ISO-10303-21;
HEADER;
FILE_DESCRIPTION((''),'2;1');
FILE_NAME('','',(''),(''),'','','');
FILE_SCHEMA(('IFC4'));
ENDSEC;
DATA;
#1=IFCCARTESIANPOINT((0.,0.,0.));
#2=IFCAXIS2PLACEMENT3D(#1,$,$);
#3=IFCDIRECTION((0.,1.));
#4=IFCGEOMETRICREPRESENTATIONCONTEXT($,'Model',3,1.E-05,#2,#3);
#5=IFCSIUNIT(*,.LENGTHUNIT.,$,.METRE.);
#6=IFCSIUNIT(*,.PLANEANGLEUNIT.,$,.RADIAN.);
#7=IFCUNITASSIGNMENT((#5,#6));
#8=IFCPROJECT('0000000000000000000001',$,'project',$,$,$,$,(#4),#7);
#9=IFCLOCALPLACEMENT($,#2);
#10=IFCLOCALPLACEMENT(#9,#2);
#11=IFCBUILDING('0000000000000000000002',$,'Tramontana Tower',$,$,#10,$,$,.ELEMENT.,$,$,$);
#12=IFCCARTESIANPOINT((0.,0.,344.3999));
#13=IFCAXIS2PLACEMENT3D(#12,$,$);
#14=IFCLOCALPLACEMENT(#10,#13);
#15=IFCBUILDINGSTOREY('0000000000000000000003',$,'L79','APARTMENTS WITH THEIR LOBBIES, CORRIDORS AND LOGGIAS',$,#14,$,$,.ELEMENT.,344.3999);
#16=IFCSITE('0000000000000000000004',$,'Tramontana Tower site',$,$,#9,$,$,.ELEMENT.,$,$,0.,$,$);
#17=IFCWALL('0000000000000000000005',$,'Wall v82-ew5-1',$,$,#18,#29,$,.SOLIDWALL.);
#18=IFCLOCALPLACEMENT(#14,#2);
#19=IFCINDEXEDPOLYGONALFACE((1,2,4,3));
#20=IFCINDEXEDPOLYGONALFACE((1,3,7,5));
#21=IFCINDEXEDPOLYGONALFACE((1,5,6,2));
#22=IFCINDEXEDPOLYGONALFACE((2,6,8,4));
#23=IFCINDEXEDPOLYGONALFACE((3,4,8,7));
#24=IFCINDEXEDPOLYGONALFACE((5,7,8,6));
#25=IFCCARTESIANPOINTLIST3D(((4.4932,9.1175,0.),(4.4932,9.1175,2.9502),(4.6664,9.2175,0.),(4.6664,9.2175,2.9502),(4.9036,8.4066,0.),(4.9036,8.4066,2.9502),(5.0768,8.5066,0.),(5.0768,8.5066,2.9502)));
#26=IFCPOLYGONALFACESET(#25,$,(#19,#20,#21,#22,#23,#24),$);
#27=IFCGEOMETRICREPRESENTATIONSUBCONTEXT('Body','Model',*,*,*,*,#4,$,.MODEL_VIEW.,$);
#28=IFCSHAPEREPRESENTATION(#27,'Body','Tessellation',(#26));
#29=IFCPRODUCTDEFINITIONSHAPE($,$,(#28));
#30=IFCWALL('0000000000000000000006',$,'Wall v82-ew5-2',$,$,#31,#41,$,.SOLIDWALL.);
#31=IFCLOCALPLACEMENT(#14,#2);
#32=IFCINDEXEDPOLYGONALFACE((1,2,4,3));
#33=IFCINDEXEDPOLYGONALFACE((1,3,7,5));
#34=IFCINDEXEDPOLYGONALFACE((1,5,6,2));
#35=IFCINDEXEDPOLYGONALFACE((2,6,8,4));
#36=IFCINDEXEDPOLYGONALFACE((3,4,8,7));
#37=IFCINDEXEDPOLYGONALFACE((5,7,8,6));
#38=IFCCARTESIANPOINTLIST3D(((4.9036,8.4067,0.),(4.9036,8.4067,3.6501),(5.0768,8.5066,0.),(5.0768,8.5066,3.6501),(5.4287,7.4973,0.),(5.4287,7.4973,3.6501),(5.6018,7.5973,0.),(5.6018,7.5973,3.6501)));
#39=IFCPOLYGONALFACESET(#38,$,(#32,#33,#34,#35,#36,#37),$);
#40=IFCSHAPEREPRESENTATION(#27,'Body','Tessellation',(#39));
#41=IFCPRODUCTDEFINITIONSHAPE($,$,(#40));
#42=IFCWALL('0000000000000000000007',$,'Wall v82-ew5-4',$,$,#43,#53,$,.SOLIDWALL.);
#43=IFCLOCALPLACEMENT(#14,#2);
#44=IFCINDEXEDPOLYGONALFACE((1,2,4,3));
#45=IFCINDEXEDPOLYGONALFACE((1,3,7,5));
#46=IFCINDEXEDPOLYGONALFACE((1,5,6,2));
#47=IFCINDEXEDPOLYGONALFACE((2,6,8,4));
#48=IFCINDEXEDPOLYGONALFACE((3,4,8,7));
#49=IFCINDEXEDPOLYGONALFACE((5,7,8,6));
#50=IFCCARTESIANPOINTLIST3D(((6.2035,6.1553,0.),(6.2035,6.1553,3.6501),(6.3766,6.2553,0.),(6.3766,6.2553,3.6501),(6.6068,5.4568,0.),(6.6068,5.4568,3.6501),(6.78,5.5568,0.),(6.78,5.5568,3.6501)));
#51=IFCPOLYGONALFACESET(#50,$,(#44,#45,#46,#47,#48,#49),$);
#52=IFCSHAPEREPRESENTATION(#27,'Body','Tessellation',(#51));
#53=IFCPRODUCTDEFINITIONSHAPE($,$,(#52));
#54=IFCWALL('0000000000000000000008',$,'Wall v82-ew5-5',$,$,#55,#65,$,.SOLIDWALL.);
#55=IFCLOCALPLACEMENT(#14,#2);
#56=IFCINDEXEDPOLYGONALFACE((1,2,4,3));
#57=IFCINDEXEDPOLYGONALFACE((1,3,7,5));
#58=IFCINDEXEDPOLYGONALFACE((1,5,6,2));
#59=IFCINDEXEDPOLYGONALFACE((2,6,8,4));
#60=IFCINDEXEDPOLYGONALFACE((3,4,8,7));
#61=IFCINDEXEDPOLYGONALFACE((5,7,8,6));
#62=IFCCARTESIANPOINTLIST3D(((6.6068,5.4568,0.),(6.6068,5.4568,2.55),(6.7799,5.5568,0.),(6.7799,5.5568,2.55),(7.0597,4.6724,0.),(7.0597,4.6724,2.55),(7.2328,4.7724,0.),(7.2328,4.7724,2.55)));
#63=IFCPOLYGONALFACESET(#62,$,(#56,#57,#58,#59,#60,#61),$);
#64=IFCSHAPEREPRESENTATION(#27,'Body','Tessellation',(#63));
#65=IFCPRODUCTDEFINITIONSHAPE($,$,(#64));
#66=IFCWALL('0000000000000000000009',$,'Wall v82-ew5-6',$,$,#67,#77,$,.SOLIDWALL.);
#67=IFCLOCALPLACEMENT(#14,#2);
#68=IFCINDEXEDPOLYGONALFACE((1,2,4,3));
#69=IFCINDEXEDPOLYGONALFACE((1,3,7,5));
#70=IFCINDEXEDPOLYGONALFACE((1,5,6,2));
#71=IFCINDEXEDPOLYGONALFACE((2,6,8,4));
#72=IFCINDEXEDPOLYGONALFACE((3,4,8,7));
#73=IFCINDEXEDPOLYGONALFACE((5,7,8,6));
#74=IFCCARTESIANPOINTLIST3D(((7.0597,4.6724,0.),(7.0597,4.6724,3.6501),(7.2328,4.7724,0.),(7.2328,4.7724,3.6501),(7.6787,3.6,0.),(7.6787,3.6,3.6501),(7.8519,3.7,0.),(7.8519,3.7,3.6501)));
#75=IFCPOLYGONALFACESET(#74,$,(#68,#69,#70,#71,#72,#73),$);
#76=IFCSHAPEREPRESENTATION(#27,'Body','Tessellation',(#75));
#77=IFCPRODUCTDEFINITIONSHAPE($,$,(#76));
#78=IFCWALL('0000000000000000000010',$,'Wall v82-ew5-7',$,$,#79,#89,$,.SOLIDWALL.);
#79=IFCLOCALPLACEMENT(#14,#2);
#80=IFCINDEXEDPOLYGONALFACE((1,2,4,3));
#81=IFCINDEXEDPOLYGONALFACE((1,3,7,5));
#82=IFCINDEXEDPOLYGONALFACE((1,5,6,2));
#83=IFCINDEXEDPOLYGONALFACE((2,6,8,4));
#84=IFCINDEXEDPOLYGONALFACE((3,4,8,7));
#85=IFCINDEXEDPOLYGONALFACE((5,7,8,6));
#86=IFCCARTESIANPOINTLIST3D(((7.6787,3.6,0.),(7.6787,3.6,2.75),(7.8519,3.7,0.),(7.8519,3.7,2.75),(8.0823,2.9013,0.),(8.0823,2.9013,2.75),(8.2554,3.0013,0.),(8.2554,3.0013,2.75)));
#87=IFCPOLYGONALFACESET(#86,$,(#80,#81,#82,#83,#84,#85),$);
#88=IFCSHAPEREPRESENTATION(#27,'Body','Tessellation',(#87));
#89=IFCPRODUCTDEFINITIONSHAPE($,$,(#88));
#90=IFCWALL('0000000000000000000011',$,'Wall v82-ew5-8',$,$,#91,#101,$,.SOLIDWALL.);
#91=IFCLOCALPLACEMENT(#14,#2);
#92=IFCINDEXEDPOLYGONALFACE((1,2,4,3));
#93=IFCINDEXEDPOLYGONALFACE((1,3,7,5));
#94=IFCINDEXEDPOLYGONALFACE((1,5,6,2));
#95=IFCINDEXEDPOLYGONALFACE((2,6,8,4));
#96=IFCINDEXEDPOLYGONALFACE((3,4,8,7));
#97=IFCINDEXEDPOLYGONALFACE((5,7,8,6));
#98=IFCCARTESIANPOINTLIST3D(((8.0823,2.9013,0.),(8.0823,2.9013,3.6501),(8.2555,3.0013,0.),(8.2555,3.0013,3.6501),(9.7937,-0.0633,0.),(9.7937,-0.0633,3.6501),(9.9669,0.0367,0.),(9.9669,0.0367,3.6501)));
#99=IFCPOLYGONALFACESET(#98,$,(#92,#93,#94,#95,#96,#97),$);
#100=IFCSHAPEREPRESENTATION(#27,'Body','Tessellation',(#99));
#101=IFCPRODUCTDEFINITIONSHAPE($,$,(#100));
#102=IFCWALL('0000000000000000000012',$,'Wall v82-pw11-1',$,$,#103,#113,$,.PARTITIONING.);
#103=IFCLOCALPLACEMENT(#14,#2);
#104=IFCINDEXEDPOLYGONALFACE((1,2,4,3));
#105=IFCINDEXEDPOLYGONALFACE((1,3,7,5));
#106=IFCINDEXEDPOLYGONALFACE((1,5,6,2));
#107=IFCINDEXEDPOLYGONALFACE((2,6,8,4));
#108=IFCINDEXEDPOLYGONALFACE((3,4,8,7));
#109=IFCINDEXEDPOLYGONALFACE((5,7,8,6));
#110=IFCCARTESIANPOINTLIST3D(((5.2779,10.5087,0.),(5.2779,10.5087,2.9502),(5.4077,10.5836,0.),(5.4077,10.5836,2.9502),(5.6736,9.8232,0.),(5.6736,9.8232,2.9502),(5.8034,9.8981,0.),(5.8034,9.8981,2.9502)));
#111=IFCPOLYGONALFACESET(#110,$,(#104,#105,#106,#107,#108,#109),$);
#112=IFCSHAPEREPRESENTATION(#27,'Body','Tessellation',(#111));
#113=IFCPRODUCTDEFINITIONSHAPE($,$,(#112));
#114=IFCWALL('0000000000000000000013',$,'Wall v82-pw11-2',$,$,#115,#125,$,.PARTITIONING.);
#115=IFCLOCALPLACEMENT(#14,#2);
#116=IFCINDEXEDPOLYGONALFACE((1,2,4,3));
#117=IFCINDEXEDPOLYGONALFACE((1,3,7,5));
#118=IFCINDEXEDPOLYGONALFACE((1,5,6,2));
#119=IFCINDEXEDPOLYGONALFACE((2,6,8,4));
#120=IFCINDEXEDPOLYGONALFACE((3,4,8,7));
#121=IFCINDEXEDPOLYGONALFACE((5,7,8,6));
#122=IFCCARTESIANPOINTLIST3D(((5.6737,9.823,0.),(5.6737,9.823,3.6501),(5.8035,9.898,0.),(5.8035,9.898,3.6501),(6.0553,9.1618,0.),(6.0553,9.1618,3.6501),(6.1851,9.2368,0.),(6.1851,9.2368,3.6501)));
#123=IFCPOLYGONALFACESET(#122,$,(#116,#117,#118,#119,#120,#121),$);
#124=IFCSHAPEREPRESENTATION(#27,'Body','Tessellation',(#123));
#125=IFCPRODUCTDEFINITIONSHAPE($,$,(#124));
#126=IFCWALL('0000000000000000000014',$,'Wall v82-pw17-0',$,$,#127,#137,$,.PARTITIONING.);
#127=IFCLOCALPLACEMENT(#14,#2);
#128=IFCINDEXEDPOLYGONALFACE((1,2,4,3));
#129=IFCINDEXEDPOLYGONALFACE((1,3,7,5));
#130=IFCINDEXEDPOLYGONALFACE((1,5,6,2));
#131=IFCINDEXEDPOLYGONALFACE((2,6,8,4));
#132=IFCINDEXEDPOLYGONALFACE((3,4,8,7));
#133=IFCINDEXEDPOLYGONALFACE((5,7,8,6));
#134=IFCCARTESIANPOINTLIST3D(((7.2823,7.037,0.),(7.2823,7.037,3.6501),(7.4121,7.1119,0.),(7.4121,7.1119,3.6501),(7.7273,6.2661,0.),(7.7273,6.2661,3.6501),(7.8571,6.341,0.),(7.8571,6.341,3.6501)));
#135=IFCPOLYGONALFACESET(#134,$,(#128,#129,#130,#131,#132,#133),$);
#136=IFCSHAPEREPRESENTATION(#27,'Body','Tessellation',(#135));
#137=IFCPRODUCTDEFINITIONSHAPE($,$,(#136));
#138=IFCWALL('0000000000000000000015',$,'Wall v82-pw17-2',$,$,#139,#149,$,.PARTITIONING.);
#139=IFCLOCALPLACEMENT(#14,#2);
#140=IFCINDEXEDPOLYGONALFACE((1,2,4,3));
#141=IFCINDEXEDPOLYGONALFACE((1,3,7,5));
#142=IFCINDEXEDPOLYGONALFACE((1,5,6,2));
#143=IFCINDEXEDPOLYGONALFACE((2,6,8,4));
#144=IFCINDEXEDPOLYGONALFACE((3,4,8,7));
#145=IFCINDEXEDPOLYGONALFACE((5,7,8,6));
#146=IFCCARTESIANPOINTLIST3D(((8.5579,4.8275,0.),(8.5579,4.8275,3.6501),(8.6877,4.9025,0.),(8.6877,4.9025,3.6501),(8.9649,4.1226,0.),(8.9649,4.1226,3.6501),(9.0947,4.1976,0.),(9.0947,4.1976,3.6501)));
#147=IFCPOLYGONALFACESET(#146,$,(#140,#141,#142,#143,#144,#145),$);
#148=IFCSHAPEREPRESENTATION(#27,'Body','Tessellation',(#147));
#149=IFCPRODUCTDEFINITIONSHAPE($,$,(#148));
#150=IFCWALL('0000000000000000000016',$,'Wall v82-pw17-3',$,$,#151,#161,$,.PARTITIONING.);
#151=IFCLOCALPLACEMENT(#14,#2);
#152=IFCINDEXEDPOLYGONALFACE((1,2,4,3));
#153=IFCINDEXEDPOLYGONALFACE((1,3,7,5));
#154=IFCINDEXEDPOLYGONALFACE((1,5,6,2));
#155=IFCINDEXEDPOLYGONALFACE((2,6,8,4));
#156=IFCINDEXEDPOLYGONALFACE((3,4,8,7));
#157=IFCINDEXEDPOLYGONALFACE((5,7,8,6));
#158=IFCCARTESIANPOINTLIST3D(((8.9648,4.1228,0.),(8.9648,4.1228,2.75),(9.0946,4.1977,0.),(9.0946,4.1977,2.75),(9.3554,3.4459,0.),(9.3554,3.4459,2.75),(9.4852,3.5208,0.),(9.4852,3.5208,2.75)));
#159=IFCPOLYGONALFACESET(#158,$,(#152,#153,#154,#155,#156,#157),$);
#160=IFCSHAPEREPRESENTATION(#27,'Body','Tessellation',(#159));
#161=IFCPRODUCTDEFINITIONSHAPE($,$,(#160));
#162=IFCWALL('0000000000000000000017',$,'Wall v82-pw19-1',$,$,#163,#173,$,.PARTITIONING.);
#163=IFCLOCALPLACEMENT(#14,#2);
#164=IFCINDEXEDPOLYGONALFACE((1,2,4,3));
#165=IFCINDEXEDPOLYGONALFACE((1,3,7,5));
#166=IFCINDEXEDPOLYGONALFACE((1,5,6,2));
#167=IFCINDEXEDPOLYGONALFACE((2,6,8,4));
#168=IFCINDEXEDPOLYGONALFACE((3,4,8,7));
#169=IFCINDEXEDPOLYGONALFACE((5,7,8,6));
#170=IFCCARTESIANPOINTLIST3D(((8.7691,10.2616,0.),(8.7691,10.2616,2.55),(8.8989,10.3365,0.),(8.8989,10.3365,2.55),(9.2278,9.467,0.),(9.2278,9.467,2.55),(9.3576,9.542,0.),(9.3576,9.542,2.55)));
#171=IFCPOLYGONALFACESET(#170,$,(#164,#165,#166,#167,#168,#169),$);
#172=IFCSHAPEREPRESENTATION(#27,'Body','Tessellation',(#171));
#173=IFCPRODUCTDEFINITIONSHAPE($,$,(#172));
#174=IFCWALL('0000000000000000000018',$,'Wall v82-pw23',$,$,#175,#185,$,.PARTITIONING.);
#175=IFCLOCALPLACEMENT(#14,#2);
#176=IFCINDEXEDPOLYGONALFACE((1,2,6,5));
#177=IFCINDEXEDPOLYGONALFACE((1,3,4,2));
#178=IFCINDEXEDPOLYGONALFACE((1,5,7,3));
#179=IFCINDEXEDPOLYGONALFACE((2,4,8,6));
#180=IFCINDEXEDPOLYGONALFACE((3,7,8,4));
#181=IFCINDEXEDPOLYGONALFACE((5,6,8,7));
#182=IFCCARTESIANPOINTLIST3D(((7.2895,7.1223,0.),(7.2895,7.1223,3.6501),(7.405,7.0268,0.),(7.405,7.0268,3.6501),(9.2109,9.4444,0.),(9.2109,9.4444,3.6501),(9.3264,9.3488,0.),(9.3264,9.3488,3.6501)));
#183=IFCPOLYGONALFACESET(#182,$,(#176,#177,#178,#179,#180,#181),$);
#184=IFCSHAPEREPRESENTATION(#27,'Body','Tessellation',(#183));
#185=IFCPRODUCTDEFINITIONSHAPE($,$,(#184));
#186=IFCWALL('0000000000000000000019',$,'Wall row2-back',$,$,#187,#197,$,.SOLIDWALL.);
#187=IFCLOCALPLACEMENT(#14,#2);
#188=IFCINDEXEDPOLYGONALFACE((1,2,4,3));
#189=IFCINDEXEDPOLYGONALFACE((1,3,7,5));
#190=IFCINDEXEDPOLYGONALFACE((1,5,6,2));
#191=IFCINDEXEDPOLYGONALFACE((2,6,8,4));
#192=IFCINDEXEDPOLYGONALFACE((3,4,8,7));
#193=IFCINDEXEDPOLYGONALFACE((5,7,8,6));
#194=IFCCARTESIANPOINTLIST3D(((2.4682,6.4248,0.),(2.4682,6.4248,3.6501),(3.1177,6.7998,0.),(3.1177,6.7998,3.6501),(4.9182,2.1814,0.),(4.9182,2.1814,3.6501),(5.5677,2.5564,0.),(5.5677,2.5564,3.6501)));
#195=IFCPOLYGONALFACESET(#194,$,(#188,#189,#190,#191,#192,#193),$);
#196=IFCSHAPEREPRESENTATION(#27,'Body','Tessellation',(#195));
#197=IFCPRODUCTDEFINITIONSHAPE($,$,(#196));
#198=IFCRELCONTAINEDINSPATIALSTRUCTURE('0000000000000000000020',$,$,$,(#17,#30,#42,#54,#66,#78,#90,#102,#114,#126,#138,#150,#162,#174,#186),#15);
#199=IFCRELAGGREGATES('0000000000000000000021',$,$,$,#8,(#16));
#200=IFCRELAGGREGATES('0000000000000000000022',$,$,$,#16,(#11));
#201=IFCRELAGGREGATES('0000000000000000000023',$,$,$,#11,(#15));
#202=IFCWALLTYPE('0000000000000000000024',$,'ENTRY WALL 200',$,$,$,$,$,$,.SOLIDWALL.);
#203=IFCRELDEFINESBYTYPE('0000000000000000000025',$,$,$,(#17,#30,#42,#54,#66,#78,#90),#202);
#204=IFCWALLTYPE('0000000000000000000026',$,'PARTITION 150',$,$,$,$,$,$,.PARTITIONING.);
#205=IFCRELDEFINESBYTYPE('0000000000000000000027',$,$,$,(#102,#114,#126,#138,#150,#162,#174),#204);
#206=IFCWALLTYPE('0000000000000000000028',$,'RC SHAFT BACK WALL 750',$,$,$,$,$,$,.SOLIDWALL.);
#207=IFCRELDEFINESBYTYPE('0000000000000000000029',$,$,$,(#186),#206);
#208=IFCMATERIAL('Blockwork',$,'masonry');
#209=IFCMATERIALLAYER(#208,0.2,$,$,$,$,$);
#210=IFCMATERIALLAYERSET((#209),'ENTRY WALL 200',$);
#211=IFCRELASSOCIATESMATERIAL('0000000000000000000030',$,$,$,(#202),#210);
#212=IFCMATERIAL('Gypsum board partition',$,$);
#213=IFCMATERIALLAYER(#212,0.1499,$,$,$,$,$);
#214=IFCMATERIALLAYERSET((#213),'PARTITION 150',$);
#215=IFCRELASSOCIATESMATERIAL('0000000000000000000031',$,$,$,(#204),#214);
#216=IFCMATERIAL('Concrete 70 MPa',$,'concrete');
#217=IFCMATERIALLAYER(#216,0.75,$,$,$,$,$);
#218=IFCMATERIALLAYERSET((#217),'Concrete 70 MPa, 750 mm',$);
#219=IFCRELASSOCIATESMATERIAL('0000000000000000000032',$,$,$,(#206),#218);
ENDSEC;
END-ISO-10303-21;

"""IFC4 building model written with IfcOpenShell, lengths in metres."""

from ifc_helpers import new_model, si_unit, direction, frame, frame_2d, origin, place, context, subcontext, project, spatial, rectangle, extrude, material, layer, layer_set, type_object, element, save


model = new_model("IFC4")

# Units and contexts
model_context = context("Model", 3, precision=1e-05, world=origin(), true_north=direction((0.0, 1.0)))
body_context = subcontext(model_context, "Body", "Model", "MODEL_VIEW")
ifc_project = project(units=[si_unit("LENGTHUNIT", "METRE"), si_unit("PLANEANGLEUNIT", "RADIAN")], contexts=[model_context])

# Site, building, storey
site_placement = place(None, origin())
site = spatial("IfcSite", under=ifc_project, at=site_placement, Name="Tramontana Tower site", CompositionType="ELEMENT", RefElevation=0.0)
building_placement = place(site_placement, origin())
building = spatial("IfcBuilding", under=site, at=building_placement, Name="Tramontana Tower", CompositionType="ELEMENT")
storey_placement = place(building_placement, frame((0.0, 0.0, 344.3999)))
storey = spatial("IfcBuildingStorey", under=building, at=storey_placement, Name="L79", Description="APARTMENTS WITH THEIR LOBBIES, CORRIDORS AND LOGGIAS", CompositionType="ELEMENT", Elevation=344.3999)

# Walls
ifc_material_1 = material(Name="Blockwork", Category="masonry")
ifc_layer_1 = layer(ifc_material_1, 0.2)
ifc_layer_set_1 = layer_set([ifc_layer_1], Name="ENTRY WALL 200")
wall_type_1 = type_object("IfcWallType", Name="ENTRY WALL 200", PredefinedType="SOLIDWALL", material=ifc_layer_set_1)
wall_1_placement = place(storey_placement, frame((4.5798, 9.1675, 0.0), z_axis=(0.0, 0.0, 1.0), x_axis=(0.499946, -0.866057, 0.0)))
element("IfcWall", 1, at=wall_1_placement, inside=storey, type_object=wall_type_1, Name="Wall v82-ew5-1", PredefinedType="SOLIDWALL", context=body_context, shape_type="SweptSolid", body=[
    extrude(rectangle(XDim=0.8208, YDim=0.2, at=frame_2d((0.4104, 0.0))), origin(), (0.0, 0.0, 1.0), 2.9502),
])
wall_2_placement = place(storey_placement, frame((4.9902, 8.4565, 0.0), z_axis=(0.0, 0.0, 1.0), x_axis=(0.500065, -0.865988, 0.0)))
element("IfcWall", 2, at=wall_2_placement, inside=storey, type_object=wall_type_1, Name="Wall v82-ew5-2", PredefinedType="SOLIDWALL", context=body_context, shape_type="SweptSolid", body=[
    extrude(rectangle(XDim=1.05, YDim=0.2, at=frame_2d((0.5249, 0.0))), origin(), (0.0, 0.0, 1.0), 3.6501),
])

# Walls
wall_3_placement = place(storey_placement, frame((6.29, 6.2053, 0.0), z_axis=(0.0, 0.0, 1.0), x_axis=(0.500046, -0.865999, 0.0)))
element("IfcWall", 3, at=wall_3_placement, inside=storey, type_object=wall_type_1, Name="Wall v82-ew5-4", PredefinedType="SOLIDWALL", context=body_context, shape_type="SweptSolid", body=[
    extrude(rectangle(XDim=0.8066, YDim=0.2, at=frame_2d((0.4033, 0.0))), origin(), (0.0, 0.0, 1.0), 3.6501),
])
wall_4_placement = place(storey_placement, frame((6.6934, 5.5068, 0.0), z_axis=(0.0, 0.0, 1.0), x_axis=(0.499995, -0.866028, 0.0)))
element("IfcWall", 4, at=wall_4_placement, inside=storey, type_object=wall_type_1, Name="Wall v82-ew5-5", PredefinedType="SOLIDWALL", context=body_context, shape_type="SweptSolid", body=[
    extrude(rectangle(XDim=0.9058, YDim=0.2, at=frame_2d((0.4529, 0.0))), origin(), (0.0, 0.0, 1.0), 2.55),
])
wall_5_placement = place(storey_placement, frame((7.1462, 4.7224, 0.0), z_axis=(0.0, 0.0, 1.0), x_axis=(0.499956, -0.866051, 0.0)))
element("IfcWall", 5, at=wall_5_placement, inside=storey, type_object=wall_type_1, Name="Wall v82-ew5-6", PredefinedType="SOLIDWALL", context=body_context, shape_type="SweptSolid", body=[
    extrude(rectangle(XDim=1.2383, YDim=0.2, at=frame_2d((0.6191, 0.0))), origin(), (0.0, 0.0, 1.0), 3.6501),
])
wall_6_placement = place(storey_placement, frame((7.7654, 3.6499, 0.0), z_axis=(0.0, 0.0, 1.0), x_axis=(0.500141, -0.865944, 0.0)))
element("IfcWall", 6, at=wall_6_placement, inside=storey, type_object=wall_type_1, Name="Wall v82-ew5-7", PredefinedType="SOLIDWALL", context=body_context, shape_type="SweptSolid", body=[
    extrude(rectangle(XDim=0.8069, YDim=0.2, at=frame_2d((0.4033, 0.0))), origin(), (0.0, 0.0, 1.0), 2.75),
])
wall_7_placement = place(storey_placement, frame((8.1689, 2.9512, 0.0), z_axis=(0.0, 0.0, 1.0), x_axis=(0.499959, -0.866049, 0.0)))
element("IfcWall", 7, at=wall_7_placement, inside=storey, type_object=wall_type_1, Name="Wall v82-ew5-8", PredefinedType="SOLIDWALL", context=body_context, shape_type="SweptSolid", body=[
    extrude(rectangle(XDim=3.4231, YDim=0.2, at=frame_2d((1.7114, 0.0))), origin(), (0.0, 0.0, 1.0), 3.6501),
])
ifc_material_2 = material(Name="Gypsum board partition")
ifc_layer_2 = layer(ifc_material_2, 0.1499)
ifc_layer_set_2 = layer_set([ifc_layer_2], Name="PARTITION 150")
wall_type_2 = type_object("IfcWallType", Name="PARTITION 150", PredefinedType="PARTITIONING", material=ifc_layer_set_2)
wall_8_placement = place(storey_placement, frame((5.3428, 10.5461, 0.0), z_axis=(0.0, 0.0, 1.0), x_axis=(0.499954, -0.866052, 0.0)))
element("IfcWall", 8, at=wall_8_placement, inside=storey, type_object=wall_type_2, Name="Wall v82-pw11-1", PredefinedType="PARTITIONING", context=body_context, shape_type="SweptSolid", body=[
    extrude(rectangle(XDim=0.7915, YDim=0.1499, at=frame_2d((0.3958, 0.0))), origin(), (0.0, 0.0, 1.0), 2.9502),
])
wall_9_placement = place(storey_placement, frame((5.7385, 9.8606, 0.0), z_axis=(0.0, 0.0, 1.0), x_axis=(0.499889, -0.86609, 0.0)))
element("IfcWall", 9, at=wall_9_placement, inside=storey, type_object=wall_type_2, Name="Wall v82-pw11-2", PredefinedType="PARTITIONING", context=body_context, shape_type="SweptSolid", body=[
    extrude(rectangle(XDim=0.7634, YDim=0.1499, at=frame_2d((0.3818, 0.0))), origin(), (0.0, 0.0, 1.0), 3.6501),
])

# Wall
wall_10_placement = place(storey_placement, frame((7.3472, 7.0745, 0.0), z_axis=(0.0, 0.0, 1.0), x_axis=(0.499944, -0.866058, 0.0)))
element("IfcWall", 10, at=wall_10_placement, inside=storey, type_object=wall_type_2, Name="Wall v82-pw17-0", PredefinedType="PARTITIONING", context=body_context, shape_type="SweptSolid", body=[
    extrude(rectangle(XDim=0.8901, YDim=0.1499, at=frame_2d((0.4451, 0.0))), origin(), (0.0, 0.0, 1.0), 3.6501),
])

# Walls
wall_11_placement = place(storey_placement, frame((8.6228, 4.865, 0.0), z_axis=(0.0, 0.0, 1.0), x_axis=(0.500043, -0.866001, 0.0)))
element("IfcWall", 11, at=wall_11_placement, inside=storey, type_object=wall_type_2, Name="Wall v82-pw17-2", PredefinedType="PARTITIONING", context=body_context, shape_type="SweptSolid", body=[
    extrude(rectangle(XDim=0.814, YDim=0.1499, at=frame_2d((0.407, 0.0))), origin(), (0.0, 0.0, 1.0), 3.6501),
])
wall_12_placement = place(storey_placement, frame((9.0298, 4.1602, 0.0), z_axis=(0.0, 0.0, 1.0), x_axis=(0.499768, -0.86616, 0.0)))
element("IfcWall", 12, at=wall_12_placement, inside=storey, type_object=wall_type_2, Name="Wall v82-pw17-3", PredefinedType="PARTITIONING", context=body_context, shape_type="SweptSolid", body=[
    extrude(rectangle(XDim=0.7815, YDim=0.1499, at=frame_2d((0.3906, 0.0))), origin(), (0.0, 0.0, 1.0), 2.75),
])
wall_13_placement = place(storey_placement, frame((8.834, 10.2991, 0.0), z_axis=(0.0, 0.0, 1.0), x_axis=(0.499945, -0.866057, 0.0)))
element("IfcWall", 13, at=wall_13_placement, inside=storey, type_object=wall_type_2, Name="Wall v82-pw19-1", PredefinedType="PARTITIONING", context=body_context, shape_type="SweptSolid", body=[
    extrude(rectangle(XDim=0.9175, YDim=0.1499, at=frame_2d((0.4587, 0.0))), origin(), (0.0, 0.0, 1.0), 2.55),
])
wall_14_placement = place(storey_placement, frame((9.2686, 9.3965, 0.0), z_axis=(0.0, 0.0, 1.0), x_axis=(-0.637511, -0.770441, 0.0)))
element("IfcWall", 14, at=wall_14_placement, inside=storey, type_object=wall_type_2, Name="Wall v82-pw23", PredefinedType="PARTITIONING", context=body_context, shape_type="SweptSolid", body=[
    extrude(rectangle(XDim=3.0139, YDim=0.1499, at=frame_2d((1.5068, 0.0))), origin(), (0.0, 0.0, 1.0), 3.6501),
])
ifc_material_3 = material(Name="Concrete 70 MPa", Category="concrete")
ifc_layer_3 = layer(ifc_material_3, 0.75)
ifc_layer_set_3 = layer_set([ifc_layer_3], Name="Concrete 70 MPa, 750 mm")
wall_type_3 = type_object("IfcWallType", Name="RC SHAFT BACK WALL 750", PredefinedType="SOLIDWALL", material=ifc_layer_set_3)
wall_15_placement = place(storey_placement, frame((5.2429, 2.3689, 0.0), z_axis=(0.0, 0.0, 1.0), x_axis=(-0.500003, 0.866024, 0.0)))
element("IfcWall", 15, at=wall_15_placement, inside=storey, type_object=wall_type_3, Name="Wall row2-back", PredefinedType="SOLIDWALL", context=body_context, shape_type="SweptSolid", body=[
    extrude(rectangle(XDim=4.8999, YDim=0.75, at=frame_2d((2.45, 0.0))), origin(), (0.0, 0.0, 1.0), 3.6501),
])

save(model, "model.ifc")
